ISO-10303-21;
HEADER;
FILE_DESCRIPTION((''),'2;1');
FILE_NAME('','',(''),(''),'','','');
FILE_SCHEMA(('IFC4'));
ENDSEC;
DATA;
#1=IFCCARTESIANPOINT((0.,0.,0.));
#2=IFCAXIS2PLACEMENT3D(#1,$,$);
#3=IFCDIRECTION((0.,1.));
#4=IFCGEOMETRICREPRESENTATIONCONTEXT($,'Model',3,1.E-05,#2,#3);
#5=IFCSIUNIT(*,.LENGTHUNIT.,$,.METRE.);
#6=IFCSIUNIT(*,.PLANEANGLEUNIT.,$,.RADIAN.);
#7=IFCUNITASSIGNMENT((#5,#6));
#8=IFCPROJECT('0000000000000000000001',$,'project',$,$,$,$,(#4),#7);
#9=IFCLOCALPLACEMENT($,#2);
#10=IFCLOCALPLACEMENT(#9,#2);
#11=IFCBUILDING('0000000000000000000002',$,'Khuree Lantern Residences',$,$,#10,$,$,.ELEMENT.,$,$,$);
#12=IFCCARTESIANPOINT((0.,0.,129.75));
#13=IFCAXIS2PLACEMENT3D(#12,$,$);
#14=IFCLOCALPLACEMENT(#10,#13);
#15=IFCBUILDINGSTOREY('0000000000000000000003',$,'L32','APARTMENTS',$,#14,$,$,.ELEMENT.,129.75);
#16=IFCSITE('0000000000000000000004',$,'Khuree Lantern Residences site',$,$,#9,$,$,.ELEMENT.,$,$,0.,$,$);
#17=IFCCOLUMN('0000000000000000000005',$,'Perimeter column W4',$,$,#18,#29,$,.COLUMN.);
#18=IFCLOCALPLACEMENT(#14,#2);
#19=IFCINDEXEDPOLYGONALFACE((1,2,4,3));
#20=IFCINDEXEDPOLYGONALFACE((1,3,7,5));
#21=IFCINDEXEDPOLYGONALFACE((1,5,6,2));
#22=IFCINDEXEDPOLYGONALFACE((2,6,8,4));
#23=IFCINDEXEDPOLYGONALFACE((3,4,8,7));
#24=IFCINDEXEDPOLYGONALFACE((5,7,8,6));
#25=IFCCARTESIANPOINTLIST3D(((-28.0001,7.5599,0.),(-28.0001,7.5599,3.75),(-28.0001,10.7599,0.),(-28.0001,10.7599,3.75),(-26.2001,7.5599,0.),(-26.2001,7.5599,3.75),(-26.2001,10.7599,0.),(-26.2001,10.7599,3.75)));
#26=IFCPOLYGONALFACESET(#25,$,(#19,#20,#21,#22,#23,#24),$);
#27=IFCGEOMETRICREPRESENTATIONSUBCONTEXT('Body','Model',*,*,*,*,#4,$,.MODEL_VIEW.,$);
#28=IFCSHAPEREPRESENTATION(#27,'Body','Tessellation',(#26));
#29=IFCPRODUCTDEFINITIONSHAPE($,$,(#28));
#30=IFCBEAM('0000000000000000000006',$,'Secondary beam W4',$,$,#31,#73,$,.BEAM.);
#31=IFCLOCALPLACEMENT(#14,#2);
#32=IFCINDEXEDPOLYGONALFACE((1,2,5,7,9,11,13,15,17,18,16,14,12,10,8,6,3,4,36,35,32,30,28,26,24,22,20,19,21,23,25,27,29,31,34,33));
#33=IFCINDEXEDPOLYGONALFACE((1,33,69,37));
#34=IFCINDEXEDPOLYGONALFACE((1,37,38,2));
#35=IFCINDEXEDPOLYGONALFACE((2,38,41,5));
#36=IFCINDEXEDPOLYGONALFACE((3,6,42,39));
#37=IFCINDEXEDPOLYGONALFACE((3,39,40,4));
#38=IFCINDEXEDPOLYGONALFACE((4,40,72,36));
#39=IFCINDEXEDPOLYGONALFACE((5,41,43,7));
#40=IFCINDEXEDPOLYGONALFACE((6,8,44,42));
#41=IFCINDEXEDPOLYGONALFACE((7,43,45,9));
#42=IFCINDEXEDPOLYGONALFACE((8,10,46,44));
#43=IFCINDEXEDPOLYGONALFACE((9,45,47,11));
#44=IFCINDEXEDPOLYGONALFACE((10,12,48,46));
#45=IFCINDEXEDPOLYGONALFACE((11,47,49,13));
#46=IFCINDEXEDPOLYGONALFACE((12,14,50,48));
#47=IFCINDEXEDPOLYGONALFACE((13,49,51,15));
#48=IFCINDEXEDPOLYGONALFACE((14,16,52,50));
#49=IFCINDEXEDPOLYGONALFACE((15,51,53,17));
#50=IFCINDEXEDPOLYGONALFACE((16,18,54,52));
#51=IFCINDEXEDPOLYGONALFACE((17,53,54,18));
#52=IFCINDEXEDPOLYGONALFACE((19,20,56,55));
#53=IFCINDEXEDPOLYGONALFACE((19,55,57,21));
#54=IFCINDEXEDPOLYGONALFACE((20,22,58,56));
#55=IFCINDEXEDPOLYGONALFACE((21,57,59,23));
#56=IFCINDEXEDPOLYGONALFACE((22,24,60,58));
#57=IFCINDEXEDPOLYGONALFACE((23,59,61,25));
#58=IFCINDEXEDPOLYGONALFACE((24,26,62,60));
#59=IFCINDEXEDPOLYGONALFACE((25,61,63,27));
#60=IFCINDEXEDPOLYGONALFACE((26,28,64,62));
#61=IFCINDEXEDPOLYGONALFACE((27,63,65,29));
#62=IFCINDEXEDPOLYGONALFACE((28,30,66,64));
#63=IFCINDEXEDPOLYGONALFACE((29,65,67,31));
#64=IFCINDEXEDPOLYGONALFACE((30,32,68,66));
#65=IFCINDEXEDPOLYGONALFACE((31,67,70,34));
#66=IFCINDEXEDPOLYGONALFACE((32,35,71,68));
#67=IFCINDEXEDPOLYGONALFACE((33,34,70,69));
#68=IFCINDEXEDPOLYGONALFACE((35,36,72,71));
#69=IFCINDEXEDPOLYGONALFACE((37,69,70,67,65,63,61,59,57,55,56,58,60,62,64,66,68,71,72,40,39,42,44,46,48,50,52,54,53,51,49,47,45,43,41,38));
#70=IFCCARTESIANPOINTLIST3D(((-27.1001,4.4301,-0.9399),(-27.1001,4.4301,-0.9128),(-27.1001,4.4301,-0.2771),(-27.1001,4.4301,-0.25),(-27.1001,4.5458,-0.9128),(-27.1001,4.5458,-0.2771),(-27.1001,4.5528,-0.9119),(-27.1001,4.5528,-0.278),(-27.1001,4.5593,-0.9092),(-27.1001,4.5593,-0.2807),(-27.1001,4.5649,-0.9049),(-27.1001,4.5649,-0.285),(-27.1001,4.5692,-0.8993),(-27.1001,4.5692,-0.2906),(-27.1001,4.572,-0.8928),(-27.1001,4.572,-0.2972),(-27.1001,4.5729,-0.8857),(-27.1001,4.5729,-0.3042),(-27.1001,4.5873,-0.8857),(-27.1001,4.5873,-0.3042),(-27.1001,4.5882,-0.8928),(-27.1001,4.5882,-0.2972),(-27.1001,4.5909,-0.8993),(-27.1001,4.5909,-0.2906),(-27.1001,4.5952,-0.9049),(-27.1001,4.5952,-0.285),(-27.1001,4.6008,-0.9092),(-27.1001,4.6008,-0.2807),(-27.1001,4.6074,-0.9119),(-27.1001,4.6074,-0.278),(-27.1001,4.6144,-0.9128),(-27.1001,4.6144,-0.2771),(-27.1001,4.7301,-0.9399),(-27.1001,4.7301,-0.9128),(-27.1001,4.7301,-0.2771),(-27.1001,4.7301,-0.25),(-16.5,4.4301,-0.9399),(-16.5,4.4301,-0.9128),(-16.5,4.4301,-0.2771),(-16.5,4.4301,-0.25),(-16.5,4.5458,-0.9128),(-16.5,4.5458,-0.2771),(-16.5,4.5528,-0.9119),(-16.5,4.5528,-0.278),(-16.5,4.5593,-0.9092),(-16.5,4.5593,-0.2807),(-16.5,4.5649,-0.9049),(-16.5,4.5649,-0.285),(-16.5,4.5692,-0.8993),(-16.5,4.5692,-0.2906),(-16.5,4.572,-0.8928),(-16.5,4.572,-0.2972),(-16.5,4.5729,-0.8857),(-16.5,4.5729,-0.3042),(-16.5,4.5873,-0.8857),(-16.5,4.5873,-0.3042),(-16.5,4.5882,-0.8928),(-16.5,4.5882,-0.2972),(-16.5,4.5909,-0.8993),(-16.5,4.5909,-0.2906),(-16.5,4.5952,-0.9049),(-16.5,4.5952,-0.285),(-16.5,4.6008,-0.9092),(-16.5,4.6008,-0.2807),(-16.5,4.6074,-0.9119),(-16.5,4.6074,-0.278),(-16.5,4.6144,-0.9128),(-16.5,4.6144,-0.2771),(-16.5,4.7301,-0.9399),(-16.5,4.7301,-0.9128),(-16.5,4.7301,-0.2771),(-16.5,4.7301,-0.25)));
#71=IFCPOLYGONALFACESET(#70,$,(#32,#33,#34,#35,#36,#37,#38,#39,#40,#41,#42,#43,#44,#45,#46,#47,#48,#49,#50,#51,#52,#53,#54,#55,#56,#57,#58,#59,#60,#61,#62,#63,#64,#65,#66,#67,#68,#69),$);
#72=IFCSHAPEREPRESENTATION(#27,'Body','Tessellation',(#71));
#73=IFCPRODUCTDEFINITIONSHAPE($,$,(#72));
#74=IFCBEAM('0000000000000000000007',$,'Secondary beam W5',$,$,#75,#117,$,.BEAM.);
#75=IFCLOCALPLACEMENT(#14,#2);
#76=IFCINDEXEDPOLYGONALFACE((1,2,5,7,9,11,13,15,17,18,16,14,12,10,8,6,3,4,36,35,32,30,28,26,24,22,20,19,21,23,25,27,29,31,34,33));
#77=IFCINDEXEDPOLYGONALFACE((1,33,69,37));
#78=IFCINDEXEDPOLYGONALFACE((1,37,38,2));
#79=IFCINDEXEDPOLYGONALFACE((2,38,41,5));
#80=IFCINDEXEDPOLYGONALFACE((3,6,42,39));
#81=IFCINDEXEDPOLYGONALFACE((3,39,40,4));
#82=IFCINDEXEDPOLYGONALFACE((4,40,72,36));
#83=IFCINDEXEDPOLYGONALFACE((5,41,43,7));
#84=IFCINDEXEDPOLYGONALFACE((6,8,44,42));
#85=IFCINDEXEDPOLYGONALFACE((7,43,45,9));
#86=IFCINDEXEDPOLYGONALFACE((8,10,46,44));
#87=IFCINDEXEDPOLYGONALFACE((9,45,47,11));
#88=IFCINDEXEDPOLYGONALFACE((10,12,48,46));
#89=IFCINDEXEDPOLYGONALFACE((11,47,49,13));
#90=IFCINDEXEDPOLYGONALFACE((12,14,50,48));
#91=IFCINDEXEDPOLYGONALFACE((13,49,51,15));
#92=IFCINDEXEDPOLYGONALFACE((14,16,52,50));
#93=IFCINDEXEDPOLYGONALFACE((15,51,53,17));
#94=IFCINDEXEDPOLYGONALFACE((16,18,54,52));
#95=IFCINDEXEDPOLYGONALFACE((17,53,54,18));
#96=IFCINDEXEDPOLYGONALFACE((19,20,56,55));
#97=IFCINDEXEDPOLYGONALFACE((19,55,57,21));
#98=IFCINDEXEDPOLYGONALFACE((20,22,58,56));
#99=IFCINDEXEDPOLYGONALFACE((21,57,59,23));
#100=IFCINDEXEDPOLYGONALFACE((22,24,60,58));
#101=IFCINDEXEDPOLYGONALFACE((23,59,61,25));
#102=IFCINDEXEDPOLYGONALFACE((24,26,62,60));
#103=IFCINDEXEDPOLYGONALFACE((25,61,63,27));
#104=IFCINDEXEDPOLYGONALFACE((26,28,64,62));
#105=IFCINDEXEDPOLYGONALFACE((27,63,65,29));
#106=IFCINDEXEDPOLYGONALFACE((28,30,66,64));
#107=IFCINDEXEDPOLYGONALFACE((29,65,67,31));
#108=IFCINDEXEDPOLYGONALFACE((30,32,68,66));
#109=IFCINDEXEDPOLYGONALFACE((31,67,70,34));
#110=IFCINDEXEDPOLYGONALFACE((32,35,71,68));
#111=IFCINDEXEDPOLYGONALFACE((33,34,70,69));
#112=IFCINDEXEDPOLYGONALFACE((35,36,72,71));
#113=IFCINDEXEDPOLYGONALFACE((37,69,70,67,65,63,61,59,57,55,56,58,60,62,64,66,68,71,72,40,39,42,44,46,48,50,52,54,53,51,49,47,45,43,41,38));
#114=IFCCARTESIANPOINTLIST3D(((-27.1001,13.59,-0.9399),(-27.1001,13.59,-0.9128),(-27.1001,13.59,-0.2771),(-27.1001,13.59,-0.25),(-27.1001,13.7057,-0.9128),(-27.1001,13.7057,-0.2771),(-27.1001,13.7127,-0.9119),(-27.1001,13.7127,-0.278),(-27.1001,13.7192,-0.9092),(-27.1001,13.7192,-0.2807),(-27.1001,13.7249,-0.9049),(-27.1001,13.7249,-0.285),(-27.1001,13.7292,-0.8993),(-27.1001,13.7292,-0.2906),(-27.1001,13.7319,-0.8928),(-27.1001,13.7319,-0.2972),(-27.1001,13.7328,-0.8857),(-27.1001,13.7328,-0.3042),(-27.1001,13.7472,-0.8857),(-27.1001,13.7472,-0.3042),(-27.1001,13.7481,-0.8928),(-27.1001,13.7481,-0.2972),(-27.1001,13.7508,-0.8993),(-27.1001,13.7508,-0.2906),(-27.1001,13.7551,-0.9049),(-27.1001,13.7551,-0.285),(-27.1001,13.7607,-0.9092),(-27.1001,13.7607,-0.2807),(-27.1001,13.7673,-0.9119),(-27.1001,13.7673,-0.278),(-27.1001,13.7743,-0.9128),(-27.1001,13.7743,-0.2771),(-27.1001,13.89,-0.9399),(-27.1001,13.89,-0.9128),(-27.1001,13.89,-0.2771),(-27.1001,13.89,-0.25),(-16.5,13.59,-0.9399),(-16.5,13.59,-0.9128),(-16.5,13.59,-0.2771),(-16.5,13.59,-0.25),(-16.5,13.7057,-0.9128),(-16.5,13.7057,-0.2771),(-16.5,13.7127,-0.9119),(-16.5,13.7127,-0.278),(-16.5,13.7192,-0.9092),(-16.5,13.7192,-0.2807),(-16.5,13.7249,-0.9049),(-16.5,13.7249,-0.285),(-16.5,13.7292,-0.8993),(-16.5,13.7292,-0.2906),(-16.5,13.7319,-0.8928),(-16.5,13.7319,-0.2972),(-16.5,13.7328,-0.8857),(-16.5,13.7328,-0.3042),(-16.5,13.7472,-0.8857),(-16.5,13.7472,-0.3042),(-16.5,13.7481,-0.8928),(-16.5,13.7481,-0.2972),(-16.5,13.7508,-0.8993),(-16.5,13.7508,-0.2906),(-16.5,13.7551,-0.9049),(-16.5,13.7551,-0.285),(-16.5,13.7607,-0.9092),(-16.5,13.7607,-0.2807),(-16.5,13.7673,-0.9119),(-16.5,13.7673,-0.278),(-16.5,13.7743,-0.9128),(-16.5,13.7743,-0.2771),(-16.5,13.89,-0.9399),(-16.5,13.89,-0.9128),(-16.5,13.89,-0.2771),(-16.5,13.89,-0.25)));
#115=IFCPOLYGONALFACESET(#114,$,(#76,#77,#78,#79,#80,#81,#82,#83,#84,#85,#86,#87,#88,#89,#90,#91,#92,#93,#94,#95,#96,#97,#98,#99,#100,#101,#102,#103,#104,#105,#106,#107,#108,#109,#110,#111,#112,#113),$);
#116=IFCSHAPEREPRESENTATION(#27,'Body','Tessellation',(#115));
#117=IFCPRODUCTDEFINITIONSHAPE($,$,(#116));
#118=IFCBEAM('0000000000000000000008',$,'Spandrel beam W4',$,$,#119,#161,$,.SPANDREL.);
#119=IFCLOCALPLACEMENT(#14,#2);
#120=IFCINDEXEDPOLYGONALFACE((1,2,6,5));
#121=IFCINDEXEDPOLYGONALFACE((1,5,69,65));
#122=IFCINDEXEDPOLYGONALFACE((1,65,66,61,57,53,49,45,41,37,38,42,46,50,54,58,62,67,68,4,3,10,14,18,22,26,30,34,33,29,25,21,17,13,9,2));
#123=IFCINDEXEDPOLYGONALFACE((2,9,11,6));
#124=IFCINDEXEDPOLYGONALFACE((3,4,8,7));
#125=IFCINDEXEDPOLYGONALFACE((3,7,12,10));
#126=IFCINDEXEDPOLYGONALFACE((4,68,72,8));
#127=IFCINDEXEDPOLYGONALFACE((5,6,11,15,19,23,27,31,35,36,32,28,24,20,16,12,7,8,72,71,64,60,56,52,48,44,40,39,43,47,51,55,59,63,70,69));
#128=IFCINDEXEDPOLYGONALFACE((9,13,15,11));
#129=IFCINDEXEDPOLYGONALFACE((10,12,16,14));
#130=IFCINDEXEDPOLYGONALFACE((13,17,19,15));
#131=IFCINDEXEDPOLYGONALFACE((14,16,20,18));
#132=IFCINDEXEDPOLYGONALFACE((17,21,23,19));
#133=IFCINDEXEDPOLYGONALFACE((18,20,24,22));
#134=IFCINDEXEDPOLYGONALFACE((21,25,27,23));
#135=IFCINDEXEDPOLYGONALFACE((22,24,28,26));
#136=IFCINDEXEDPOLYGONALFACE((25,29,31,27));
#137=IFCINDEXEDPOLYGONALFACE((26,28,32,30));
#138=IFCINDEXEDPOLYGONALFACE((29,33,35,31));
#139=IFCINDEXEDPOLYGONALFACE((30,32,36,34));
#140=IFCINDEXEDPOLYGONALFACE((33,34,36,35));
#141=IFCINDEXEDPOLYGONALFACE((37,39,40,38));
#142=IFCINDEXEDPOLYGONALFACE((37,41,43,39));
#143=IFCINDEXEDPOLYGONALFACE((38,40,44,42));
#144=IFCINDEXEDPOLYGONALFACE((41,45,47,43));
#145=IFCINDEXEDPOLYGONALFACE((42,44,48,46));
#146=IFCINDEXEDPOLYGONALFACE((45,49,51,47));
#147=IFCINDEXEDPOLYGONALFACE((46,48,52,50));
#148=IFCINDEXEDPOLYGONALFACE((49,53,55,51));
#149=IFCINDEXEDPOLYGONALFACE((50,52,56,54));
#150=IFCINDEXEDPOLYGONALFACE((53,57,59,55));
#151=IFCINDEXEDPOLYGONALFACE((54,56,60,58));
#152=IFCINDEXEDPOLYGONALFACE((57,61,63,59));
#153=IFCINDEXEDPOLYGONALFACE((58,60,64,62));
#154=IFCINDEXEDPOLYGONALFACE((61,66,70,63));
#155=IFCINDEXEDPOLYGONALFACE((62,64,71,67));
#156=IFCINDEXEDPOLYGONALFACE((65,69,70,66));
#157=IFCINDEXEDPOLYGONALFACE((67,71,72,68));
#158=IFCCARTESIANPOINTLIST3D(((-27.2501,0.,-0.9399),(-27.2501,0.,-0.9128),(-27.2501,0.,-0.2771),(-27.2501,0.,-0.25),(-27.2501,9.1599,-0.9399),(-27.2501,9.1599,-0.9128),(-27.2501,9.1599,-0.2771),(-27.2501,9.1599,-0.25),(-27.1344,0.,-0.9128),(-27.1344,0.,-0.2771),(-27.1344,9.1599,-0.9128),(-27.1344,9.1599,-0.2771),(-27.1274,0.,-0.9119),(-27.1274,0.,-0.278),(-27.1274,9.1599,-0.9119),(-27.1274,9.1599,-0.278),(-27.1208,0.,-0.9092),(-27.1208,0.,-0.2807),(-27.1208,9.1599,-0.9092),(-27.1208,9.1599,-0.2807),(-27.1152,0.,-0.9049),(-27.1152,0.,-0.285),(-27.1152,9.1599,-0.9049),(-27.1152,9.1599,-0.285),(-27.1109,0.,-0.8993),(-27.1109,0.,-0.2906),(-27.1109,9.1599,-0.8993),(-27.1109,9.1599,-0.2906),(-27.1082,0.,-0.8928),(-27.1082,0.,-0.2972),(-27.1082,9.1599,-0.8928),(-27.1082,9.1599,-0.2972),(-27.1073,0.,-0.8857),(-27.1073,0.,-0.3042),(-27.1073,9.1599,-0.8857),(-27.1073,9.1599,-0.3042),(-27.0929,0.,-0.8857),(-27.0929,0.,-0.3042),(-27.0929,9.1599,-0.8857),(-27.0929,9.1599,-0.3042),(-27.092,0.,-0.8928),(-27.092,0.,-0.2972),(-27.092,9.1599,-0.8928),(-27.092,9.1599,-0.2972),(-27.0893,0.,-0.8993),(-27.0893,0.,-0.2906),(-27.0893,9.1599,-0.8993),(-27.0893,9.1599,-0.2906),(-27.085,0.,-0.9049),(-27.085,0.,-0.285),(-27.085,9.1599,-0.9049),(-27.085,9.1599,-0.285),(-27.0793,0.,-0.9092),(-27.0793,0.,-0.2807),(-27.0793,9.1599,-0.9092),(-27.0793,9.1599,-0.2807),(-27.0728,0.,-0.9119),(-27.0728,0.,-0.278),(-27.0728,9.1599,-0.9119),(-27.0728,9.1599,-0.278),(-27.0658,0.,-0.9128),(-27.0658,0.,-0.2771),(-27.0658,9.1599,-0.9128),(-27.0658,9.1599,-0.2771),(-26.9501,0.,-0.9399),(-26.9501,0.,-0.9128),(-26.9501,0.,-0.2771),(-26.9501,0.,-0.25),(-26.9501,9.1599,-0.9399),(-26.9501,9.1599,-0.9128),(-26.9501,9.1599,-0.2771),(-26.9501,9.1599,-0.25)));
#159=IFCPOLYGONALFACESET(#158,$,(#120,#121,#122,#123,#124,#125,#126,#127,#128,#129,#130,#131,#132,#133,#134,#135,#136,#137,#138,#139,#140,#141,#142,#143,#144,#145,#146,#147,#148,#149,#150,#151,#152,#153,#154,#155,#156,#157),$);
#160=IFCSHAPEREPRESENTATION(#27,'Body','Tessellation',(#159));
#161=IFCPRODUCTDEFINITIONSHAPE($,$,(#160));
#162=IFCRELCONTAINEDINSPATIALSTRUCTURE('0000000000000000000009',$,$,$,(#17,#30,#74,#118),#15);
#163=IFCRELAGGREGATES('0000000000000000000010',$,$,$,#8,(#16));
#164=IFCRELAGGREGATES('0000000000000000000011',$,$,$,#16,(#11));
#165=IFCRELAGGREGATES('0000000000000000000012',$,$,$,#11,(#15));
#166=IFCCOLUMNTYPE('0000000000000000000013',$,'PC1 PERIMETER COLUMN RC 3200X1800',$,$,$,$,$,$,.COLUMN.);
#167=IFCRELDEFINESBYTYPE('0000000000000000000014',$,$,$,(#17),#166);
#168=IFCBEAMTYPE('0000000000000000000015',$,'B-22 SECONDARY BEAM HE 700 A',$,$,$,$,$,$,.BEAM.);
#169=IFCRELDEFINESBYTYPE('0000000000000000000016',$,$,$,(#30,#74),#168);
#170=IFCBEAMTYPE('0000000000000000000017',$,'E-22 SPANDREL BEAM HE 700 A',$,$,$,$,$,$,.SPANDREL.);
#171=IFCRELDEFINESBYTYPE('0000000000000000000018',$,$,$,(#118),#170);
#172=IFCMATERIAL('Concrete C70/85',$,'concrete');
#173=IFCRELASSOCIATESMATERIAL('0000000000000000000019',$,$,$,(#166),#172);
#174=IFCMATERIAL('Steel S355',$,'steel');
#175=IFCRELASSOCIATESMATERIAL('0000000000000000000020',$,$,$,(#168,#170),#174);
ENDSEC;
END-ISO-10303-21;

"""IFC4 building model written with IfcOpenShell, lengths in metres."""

from ifc_helpers import new_model, si_unit, direction, frame, origin, origin_2d, place, context, subcontext, project, spatial, rectangle, i_section, extrude, material, material_profile, profile_set, type_object, element, save


model = new_model("IFC4")

# Units and contexts
model_context = context("Model", 3, precision=1e-05, world=origin(), true_north=direction((0.0, 1.0)))
body_context = subcontext(model_context, "Body", "Model", "MODEL_VIEW")
ifc_project = project(units=[si_unit("LENGTHUNIT", "METRE"), si_unit("PLANEANGLEUNIT", "RADIAN")], contexts=[model_context])

# Site, building, storey
site_placement = place(None, origin())
site = spatial("IfcSite", under=ifc_project, at=site_placement, Name="Khuree Lantern Residences site", CompositionType="ELEMENT", RefElevation=0.0)
building_placement = place(site_placement, origin())
building = spatial("IfcBuilding", under=site, at=building_placement, Name="Khuree Lantern Residences", CompositionType="ELEMENT")
storey_placement = place(building_placement, frame((0.0, 0.0, 129.75)))
storey = spatial("IfcBuildingStorey", under=building, at=storey_placement, Name="L32", Description="APARTMENTS", CompositionType="ELEMENT", Elevation=129.75)

# Column
ifc_material_1 = material(Name="Concrete C70/85", Category="concrete")
ifc_material_profile_1 = material_profile(ifc_material_1, rectangle(XDim=3.2, YDim=1.8, at=origin_2d()), Name="RC 3200X1800")
ifc_profile_set_1 = profile_set([ifc_material_profile_1], Name="Concrete C70/85")
column_type = type_object("IfcColumnType", Name="PC1 PERIMETER COLUMN RC 3200X1800", PredefinedType="COLUMN", material=ifc_profile_set_1)
column_placement = place(storey_placement, frame((-27.1001, 9.1599, 0.0), z_axis=(0.0, 0.0, 1.0), x_axis=(0.0, 1.0, 0.0)))
element("IfcColumn", 1, at=column_placement, inside=storey, type_object=column_type, Name="Perimeter column W4", PredefinedType="COLUMN", context=body_context, shape_type="SweptSolid", body=[
    extrude(rectangle(XDim=3.2, YDim=1.8, at=origin_2d()), origin(), (0.0, 0.0, 1.0), 3.75),
])

# Beams
ifc_material_2 = material(Name="Steel S355", Category="steel")
ifc_material_profile_2 = material_profile(ifc_material_2, i_section(OverallWidth=0.3, OverallDepth=0.6899, WebThickness=0.0144, FlangeThickness=0.0271, FilletRadius=0.0271, at=origin_2d()), Name="HE 700 A")
ifc_profile_set_2 = profile_set([ifc_material_profile_2], Name="Steel S355")
beam_type_1 = type_object("IfcBeamType", Name="B-22 SECONDARY BEAM HE 700 A", PredefinedType="BEAM", material=ifc_profile_set_2)
for number, where, z_axis, x_axis, name in (
    (2, (-27.1001, 4.5801, -0.595), (1.0, 0.0, 0.0), (0.0, 1.0, 0.0), "Secondary beam W4"),
    (3, (-27.1001, 13.74, -0.595), (1.0, 0.0, 0.0), (0.0, 1.0, 0.0), "Secondary beam W5"),
):
    element("IfcBeam", number, at=place(storey_placement, frame(where, z_axis=z_axis, x_axis=x_axis)), inside=storey, type_object=beam_type_1, Name=name, PredefinedType="BEAM", context=body_context, shape_type="SweptSolid", body=[
        extrude(i_section(OverallWidth=0.3, OverallDepth=0.6899, WebThickness=0.0144, FlangeThickness=0.0271, FilletRadius=0.0271, at=origin_2d()), origin(), (0.0, 0.0, 1.0), 10.6001),
    ])
ifc_material_profile_3 = material_profile(ifc_material_2, i_section(OverallWidth=0.3, OverallDepth=0.6899, WebThickness=0.0144, FlangeThickness=0.0271, FilletRadius=0.0271, at=origin_2d()), Name="HE 700 A")
ifc_profile_set_3 = profile_set([ifc_material_profile_3], Name="Steel S355")
beam_type_2 = type_object("IfcBeamType", Name="E-22 SPANDREL BEAM HE 700 A", PredefinedType="SPANDREL", material=ifc_profile_set_3)
beam_1_placement = place(storey_placement, frame((-27.1001, 0.0, -0.595), z_axis=(0.0, 1.0, 0.0), x_axis=(-1.0, 0.0, 0.0)))
element("IfcBeam", 4, at=beam_1_placement, inside=storey, type_object=beam_type_2, Name="Spandrel beam W4", PredefinedType="SPANDREL", context=body_context, shape_type="SweptSolid", body=[
    extrude(i_section(OverallWidth=0.3, OverallDepth=0.6899, WebThickness=0.0144, FlangeThickness=0.0271, FilletRadius=0.0271, at=origin_2d()), origin(), (0.0, 0.0, 1.0), 9.1599),
])

save(model, "model.ifc")
